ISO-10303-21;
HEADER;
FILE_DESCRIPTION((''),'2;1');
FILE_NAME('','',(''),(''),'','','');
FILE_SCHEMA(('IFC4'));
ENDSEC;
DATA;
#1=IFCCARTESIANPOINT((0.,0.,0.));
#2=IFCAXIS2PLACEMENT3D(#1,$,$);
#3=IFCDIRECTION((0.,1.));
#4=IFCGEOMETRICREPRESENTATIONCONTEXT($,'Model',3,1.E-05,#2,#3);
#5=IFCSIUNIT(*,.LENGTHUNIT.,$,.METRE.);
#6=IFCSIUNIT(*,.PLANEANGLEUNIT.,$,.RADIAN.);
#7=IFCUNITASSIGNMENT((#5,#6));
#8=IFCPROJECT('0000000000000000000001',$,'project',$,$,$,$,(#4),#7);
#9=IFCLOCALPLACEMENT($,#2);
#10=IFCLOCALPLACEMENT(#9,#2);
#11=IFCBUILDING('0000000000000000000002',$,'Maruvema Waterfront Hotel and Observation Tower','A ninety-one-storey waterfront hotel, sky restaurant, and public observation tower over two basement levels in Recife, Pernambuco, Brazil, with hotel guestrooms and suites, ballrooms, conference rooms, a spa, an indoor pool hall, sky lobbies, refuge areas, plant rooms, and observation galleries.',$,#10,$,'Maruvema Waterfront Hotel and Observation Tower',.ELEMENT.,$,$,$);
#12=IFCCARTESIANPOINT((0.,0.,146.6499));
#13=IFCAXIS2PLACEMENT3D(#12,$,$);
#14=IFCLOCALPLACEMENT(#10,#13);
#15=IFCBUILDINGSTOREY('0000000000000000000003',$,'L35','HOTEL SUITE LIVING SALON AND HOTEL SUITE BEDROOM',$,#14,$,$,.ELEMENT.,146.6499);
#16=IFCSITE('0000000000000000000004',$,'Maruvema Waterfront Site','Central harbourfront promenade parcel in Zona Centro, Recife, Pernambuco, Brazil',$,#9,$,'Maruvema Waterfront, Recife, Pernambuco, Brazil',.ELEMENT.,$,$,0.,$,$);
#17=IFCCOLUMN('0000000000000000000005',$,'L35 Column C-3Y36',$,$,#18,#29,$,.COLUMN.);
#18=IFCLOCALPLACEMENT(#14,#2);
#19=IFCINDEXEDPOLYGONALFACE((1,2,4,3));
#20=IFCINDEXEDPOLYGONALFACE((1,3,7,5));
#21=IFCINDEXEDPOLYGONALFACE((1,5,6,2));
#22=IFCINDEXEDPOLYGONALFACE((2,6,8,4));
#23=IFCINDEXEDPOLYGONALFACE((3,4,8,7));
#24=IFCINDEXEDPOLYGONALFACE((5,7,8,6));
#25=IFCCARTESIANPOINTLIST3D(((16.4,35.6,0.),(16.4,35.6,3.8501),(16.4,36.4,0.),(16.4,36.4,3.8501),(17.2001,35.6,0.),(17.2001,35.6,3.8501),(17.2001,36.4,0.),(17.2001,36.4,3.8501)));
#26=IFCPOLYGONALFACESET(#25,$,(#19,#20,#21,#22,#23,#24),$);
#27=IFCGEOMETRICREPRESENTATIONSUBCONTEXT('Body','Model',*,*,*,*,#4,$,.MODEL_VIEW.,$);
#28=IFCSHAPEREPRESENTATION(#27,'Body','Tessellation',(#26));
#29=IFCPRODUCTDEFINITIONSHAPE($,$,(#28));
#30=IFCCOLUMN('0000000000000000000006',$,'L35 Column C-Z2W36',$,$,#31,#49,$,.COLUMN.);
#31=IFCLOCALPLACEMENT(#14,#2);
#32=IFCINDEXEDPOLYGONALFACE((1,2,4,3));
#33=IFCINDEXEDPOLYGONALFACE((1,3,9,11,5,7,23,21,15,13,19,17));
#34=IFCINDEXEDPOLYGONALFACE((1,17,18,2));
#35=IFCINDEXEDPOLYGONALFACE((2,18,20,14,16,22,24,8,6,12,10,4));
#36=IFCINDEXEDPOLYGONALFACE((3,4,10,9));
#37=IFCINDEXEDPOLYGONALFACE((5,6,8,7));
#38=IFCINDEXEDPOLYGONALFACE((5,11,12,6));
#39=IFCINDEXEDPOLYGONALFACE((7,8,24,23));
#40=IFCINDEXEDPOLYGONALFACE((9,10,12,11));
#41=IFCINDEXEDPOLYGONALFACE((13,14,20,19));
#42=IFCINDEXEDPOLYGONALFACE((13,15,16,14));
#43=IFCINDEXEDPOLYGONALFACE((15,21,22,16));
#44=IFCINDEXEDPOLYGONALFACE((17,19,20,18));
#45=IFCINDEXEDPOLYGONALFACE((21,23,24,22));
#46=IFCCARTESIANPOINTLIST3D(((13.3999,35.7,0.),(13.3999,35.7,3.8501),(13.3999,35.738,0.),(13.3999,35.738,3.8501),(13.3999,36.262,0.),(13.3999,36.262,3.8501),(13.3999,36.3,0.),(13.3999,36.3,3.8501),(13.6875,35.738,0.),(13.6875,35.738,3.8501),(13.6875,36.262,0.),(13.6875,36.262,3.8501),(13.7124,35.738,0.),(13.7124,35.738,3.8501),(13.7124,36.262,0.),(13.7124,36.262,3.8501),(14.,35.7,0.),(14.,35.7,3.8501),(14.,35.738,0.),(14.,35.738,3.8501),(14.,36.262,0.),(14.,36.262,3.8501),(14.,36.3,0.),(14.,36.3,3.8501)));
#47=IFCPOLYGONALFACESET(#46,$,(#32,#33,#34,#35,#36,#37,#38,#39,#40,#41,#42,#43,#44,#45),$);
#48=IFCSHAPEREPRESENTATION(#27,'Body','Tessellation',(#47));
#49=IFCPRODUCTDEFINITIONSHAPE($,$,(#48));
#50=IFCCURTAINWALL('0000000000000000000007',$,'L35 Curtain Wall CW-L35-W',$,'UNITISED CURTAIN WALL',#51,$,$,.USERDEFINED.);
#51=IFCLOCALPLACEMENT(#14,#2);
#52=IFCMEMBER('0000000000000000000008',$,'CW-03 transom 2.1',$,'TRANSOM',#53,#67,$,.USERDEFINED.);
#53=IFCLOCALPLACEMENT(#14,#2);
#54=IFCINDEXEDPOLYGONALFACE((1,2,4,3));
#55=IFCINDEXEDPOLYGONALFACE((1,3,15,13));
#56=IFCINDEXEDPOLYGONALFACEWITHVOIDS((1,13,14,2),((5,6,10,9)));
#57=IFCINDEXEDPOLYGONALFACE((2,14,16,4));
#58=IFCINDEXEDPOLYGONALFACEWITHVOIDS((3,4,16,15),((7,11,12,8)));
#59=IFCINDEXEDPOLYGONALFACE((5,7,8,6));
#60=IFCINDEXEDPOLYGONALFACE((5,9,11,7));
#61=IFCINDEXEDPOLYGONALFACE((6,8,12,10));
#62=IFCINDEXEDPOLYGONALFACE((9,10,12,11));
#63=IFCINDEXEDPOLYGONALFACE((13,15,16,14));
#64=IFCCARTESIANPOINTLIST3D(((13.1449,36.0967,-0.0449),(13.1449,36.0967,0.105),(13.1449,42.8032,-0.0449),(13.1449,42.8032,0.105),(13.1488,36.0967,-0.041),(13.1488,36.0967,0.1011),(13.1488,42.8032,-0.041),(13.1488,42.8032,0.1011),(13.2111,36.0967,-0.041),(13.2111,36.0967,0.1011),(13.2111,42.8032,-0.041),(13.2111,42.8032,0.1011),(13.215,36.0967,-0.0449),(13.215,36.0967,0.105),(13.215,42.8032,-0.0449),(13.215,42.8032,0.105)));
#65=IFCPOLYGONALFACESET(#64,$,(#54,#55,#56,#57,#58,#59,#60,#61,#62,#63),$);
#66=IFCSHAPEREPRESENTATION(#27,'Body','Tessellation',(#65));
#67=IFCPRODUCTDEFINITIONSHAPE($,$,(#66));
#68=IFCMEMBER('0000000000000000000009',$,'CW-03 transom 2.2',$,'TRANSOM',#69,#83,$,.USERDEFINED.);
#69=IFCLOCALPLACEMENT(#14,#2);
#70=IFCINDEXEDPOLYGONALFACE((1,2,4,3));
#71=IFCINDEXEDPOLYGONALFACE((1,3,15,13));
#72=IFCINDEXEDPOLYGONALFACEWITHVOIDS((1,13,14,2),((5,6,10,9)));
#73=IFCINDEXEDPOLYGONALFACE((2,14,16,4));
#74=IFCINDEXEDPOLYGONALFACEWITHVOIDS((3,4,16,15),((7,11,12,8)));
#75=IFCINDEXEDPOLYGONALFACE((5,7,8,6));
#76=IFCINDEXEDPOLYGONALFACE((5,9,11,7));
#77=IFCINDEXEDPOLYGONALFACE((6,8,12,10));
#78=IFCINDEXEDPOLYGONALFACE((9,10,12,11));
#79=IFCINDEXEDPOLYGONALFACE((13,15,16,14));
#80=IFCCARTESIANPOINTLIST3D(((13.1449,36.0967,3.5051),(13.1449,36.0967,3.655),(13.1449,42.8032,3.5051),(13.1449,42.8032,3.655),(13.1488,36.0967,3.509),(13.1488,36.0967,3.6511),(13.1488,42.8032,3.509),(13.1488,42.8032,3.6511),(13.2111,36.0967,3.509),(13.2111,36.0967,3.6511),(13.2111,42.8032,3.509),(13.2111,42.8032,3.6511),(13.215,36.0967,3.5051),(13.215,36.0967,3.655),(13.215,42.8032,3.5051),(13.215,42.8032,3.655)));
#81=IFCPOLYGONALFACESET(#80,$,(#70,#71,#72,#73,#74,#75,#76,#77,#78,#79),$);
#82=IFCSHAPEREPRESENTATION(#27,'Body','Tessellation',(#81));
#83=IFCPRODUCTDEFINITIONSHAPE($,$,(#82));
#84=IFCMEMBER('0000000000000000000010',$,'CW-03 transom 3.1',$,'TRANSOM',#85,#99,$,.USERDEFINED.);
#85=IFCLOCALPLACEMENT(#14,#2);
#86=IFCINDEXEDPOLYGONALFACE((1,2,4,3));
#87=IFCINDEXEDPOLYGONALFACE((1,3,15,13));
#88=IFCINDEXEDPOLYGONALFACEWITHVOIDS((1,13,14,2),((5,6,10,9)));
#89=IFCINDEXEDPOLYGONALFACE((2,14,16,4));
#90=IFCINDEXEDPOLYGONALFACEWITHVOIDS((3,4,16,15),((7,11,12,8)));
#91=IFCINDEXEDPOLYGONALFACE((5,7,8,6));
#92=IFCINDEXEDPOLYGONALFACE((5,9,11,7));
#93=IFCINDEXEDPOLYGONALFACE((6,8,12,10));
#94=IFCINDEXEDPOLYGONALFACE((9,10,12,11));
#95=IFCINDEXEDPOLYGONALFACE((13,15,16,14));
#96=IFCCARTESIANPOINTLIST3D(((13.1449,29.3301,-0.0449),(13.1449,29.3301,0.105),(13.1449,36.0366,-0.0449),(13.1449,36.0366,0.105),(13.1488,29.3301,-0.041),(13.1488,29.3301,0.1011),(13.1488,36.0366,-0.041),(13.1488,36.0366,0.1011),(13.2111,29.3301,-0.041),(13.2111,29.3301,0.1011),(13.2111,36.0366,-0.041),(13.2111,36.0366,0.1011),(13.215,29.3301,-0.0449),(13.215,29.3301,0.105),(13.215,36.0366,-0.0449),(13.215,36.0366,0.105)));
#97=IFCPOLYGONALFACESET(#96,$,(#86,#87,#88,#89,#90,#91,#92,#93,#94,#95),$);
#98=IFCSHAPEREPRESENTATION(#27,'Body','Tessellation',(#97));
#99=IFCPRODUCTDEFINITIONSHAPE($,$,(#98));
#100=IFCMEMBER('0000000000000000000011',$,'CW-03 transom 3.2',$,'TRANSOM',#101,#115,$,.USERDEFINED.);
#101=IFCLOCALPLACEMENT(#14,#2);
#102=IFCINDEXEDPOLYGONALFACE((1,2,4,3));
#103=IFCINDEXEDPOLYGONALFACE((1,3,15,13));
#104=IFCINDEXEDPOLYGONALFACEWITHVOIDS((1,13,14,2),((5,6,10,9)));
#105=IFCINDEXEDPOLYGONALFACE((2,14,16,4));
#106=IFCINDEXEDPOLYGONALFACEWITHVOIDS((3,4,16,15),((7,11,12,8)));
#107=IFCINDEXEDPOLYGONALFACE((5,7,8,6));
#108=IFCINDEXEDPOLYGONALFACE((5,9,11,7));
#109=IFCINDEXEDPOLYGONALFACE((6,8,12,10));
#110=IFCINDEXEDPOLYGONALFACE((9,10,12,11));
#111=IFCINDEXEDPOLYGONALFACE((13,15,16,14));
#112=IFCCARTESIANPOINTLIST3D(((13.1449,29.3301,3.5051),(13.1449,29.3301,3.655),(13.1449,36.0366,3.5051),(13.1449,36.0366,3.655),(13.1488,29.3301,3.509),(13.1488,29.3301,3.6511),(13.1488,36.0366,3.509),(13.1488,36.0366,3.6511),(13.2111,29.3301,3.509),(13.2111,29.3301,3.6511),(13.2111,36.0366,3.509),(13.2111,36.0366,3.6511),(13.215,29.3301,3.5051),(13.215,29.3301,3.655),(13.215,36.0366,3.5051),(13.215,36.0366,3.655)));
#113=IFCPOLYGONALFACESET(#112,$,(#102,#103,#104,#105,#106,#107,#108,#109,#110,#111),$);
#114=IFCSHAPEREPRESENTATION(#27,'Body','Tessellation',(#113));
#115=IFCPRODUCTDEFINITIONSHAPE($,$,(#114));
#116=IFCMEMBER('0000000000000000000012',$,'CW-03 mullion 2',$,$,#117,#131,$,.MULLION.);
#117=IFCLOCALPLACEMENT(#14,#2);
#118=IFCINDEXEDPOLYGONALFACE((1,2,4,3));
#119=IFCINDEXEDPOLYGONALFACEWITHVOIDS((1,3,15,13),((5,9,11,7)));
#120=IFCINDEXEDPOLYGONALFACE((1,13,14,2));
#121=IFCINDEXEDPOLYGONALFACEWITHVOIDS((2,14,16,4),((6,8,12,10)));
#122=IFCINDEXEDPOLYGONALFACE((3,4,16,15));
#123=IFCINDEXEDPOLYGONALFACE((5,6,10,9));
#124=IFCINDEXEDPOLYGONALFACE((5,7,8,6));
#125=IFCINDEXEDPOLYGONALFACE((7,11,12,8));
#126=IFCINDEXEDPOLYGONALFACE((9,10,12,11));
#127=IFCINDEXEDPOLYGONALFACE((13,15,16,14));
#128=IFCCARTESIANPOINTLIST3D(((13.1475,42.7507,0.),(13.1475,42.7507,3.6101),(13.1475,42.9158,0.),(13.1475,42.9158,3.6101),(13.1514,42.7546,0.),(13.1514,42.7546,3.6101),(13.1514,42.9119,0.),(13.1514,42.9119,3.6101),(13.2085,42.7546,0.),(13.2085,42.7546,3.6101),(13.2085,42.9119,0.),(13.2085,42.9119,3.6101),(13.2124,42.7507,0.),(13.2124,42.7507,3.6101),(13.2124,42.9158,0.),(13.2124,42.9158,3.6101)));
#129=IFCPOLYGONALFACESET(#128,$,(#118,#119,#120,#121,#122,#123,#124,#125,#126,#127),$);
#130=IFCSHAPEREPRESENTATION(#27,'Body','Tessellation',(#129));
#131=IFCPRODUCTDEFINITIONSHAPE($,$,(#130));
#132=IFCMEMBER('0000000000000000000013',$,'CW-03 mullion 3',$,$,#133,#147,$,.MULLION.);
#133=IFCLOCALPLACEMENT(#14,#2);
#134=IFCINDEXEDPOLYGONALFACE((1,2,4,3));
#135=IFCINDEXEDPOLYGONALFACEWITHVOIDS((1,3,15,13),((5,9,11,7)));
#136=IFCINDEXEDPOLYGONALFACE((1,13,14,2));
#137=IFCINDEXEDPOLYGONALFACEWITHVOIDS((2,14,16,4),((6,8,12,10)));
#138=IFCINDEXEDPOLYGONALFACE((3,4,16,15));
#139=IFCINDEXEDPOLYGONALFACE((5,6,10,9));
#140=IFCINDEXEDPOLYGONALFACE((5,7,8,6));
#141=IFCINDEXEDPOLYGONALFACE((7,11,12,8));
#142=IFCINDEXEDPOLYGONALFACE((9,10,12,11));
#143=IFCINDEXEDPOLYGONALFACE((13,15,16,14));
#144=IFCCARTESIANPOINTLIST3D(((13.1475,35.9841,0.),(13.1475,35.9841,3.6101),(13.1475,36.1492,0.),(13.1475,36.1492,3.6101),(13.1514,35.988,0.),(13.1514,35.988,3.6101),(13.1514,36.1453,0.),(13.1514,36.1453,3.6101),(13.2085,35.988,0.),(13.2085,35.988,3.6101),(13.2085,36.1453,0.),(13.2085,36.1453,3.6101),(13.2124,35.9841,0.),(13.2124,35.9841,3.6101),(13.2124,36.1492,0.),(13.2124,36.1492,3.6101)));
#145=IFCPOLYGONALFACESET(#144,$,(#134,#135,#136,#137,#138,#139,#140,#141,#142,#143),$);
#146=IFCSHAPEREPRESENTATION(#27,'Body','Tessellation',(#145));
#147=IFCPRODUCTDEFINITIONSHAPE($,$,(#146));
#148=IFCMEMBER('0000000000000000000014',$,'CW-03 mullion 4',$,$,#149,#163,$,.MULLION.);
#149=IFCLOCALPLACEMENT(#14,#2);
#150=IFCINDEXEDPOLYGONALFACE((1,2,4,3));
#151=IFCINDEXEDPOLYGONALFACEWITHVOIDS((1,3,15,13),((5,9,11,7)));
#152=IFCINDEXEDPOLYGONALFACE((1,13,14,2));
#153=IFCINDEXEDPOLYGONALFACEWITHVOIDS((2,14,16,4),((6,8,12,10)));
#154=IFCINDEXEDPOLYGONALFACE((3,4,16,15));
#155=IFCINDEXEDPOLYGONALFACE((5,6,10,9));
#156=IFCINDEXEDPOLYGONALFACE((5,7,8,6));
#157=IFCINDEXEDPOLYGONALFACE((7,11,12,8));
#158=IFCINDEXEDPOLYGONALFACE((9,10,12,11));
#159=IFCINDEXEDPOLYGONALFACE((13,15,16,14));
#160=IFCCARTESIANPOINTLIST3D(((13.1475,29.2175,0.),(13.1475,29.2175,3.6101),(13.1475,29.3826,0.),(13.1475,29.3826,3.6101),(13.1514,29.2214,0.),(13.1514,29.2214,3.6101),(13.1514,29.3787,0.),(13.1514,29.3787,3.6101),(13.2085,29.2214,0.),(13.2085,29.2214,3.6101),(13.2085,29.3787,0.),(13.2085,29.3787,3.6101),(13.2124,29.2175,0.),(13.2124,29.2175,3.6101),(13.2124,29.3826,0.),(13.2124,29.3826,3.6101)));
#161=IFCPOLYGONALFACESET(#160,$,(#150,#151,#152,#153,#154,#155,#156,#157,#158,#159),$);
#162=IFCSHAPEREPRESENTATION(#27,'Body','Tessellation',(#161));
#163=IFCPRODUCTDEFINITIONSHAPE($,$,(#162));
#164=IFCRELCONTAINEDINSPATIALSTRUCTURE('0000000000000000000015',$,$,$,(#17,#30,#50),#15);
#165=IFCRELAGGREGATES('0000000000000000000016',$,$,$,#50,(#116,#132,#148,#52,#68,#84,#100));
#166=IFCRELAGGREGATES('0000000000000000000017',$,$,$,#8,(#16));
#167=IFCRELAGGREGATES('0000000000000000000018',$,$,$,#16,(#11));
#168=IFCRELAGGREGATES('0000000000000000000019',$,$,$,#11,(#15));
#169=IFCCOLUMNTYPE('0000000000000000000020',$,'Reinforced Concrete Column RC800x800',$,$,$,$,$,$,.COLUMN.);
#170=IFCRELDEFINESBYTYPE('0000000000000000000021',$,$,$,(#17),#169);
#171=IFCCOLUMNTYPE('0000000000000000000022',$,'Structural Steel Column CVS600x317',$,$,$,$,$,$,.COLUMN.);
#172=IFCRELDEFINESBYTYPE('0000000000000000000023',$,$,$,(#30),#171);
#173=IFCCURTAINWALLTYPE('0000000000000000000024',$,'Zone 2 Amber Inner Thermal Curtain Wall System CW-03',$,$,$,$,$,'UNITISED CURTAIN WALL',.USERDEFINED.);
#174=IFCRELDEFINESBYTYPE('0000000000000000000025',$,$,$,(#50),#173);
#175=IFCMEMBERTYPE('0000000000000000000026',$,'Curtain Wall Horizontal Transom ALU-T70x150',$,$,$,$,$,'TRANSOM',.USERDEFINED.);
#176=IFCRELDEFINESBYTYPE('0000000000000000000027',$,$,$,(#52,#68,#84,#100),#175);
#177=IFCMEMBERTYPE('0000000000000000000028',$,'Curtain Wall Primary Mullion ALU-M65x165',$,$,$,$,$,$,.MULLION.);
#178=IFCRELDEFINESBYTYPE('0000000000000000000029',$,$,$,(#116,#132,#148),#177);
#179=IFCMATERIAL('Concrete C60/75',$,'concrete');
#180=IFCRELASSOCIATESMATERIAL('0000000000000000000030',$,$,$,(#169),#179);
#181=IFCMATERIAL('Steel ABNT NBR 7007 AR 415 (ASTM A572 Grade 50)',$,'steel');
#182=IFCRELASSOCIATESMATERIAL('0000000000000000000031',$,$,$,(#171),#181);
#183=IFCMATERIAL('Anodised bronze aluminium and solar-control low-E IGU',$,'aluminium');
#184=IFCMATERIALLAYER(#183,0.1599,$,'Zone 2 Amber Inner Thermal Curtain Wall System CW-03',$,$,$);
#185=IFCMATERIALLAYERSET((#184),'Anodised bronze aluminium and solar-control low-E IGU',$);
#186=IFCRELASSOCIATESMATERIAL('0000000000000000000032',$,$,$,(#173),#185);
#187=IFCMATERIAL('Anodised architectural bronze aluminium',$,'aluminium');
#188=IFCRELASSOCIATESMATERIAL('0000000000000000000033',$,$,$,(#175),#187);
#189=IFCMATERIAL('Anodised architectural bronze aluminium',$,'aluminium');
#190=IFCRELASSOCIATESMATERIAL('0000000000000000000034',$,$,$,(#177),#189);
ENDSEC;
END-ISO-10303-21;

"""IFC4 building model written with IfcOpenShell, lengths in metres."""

from ifc_helpers import new_model, si_unit, direction, frame, origin, origin_2d, place, context, subcontext, project, spatial, rectangle, hollow_rectangle, i_section, extrude, material, layer, layer_set, material_profile, profile_set, type_object, element, aggregate, save


model = new_model("IFC4")

# Units and contexts
model_context = context("Model", 3, precision=1e-05, world=origin(), true_north=direction((0.0, 1.0)))
body_context = subcontext(model_context, "Body", "Model", "MODEL_VIEW")
ifc_project = project(units=[si_unit("LENGTHUNIT", "METRE"), si_unit("PLANEANGLEUNIT", "RADIAN")], contexts=[model_context])

# Site, building, storey
site_placement = place(None, origin())
site = spatial("IfcSite", under=ifc_project, at=site_placement, Name="Maruvema Waterfront Site", Description="Central harbourfront promenade parcel in Zona Centro, Recife, Pernambuco, Brazil", LongName="Maruvema Waterfront, Recife, Pernambuco, Brazil", CompositionType="ELEMENT", RefElevation=0.0)
building_placement = place(site_placement, origin())
building = spatial("IfcBuilding", under=site, at=building_placement, Name="Maruvema Waterfront Hotel and Observation Tower", Description="A ninety-one-storey waterfront hotel, sky restaurant, and public observation tower over two basement levels in Recife, Pernambuco, Brazil, with hotel guestrooms and suites, ballrooms, conference rooms, a spa, an indoor pool hall, sky lobbies, refuge areas, plant rooms, and observation galleries.", LongName="Maruvema Waterfront Hotel and Observation Tower", CompositionType="ELEMENT")
storey_placement = place(building_placement, frame((0.0, 0.0, 146.6499)))
storey = spatial("IfcBuildingStorey", under=building, at=storey_placement, Name="L35", Description="HOTEL SUITE LIVING SALON AND HOTEL SUITE BEDROOM", CompositionType="ELEMENT", Elevation=146.6499)

# Columns
ifc_material_1 = material(Name="Concrete C60/75", Category="concrete")
ifc_material_profile_1 = material_profile(ifc_material_1, rectangle(XDim=0.8, YDim=0.8, at=origin_2d()), Name="RC800x800")
ifc_profile_set_1 = profile_set([ifc_material_profile_1], Name="Concrete C60/75")
column_type_1 = type_object("IfcColumnType", Name="Reinforced Concrete Column RC800x800", PredefinedType="COLUMN", material=ifc_profile_set_1)
column_1_placement = place(storey_placement, frame((16.8, 36.0, 0.0), z_axis=(0.0, 0.0, 1.0), x_axis=(1.0, 0.0, 0.0)))
element("IfcColumn", 1, at=column_1_placement, inside=storey, type_object=column_type_1, Name="L35 Column C-3Y36", PredefinedType="COLUMN", context=body_context, shape_type="SweptSolid", body=[
    extrude(rectangle(XDim=0.8, YDim=0.8, at=origin_2d()), origin(), (0.0, 0.0, 1.0), 3.8501),
])
ifc_material_2 = material(Name="Steel ABNT NBR 7007 AR 415 (ASTM A572 Grade 50)", Category="steel")
ifc_material_profile_2 = material_profile(ifc_material_2, i_section(OverallWidth=0.6001, OverallDepth=0.6001, WebThickness=0.0249, FlangeThickness=0.0381, at=origin_2d()), Name="CVS600x317")
ifc_profile_set_2 = profile_set([ifc_material_profile_2], Name="Steel ABNT NBR 7007 AR 415 (ASTM A572 Grade 50)")
column_type_2 = type_object("IfcColumnType", Name="Structural Steel Column CVS600x317", PredefinedType="COLUMN", material=ifc_profile_set_2)
column_2_placement = place(storey_placement, frame((13.7, 36.0, 0.0), z_axis=(0.0, 0.0, 1.0), x_axis=(1.0, 0.0, 0.0)))
element("IfcColumn", 2, at=column_2_placement, inside=storey, type_object=column_type_2, Name="L35 Column C-Z2W36", PredefinedType="COLUMN", context=body_context, shape_type="SweptSolid", body=[
    extrude(i_section(OverallWidth=0.6001, OverallDepth=0.6001, WebThickness=0.0249, FlangeThickness=0.0381, at=origin_2d()), origin(), (0.0, 0.0, 1.0), 3.8501),
])

# Curtain wall, members
ifc_material_3 = material(Name="Anodised bronze aluminium and solar-control low-E IGU", Category="aluminium")
ifc_layer_1 = layer(ifc_material_3, 0.1599, Name="Zone 2 Amber Inner Thermal Curtain Wall System CW-03")
ifc_layer_set_1 = layer_set([ifc_layer_1], Name="Anodised bronze aluminium and solar-control low-E IGU")
curtain_wall_type = type_object("IfcCurtainWallType", Name="Zone 2 Amber Inner Thermal Curtain Wall System CW-03", ElementType="UNITISED CURTAIN WALL", PredefinedType="USERDEFINED", material=ifc_layer_set_1)
curtain_wall_placement = place(storey_placement, origin())
curtain_wall = element("IfcCurtainWall", 3, at=curtain_wall_placement, inside=storey, type_object=curtain_wall_type, Name="L35 Curtain Wall CW-L35-W", ObjectType="UNITISED CURTAIN WALL", PredefinedType="USERDEFINED")
ifc_material_4 = material(Name="Anodised architectural bronze aluminium", Category="aluminium")
ifc_material_profile_3 = material_profile(ifc_material_4, hollow_rectangle(XDim=0.0701, YDim=0.1499, WallThickness=0.0039, at=origin_2d()), Name="ALU-T70x150")
ifc_profile_set_3 = profile_set([ifc_material_profile_3], Name="Anodised architectural bronze aluminium")
member_type_1 = type_object("IfcMemberType", Name="Curtain Wall Horizontal Transom ALU-T70x150", ElementType="TRANSOM", PredefinedType="USERDEFINED", material=ifc_profile_set_3)
member_1_placement = place(storey_placement, frame((13.1799, 42.8032, 0.03), z_axis=(0.0, -1.0, 0.0), x_axis=(1.0, 0.0, 0.0)))
member_1 = element("IfcMember", 4, at=member_1_placement, type_object=member_type_1, Name="CW-03 transom 2.1", ObjectType="TRANSOM", PredefinedType="USERDEFINED", context=body_context, shape_type="SweptSolid", body=[
    extrude(hollow_rectangle(XDim=0.0701, YDim=0.1499, WallThickness=0.0039, at=origin_2d()), origin(), (0.0, 0.0, 1.0), 6.7065),
])
member_2_placement = place(storey_placement, frame((13.1799, 42.8032, 3.5801), z_axis=(0.0, -1.0, 0.0), x_axis=(1.0, 0.0, 0.0)))
member_2 = element("IfcMember", 5, at=member_2_placement, type_object=member_type_1, Name="CW-03 transom 2.2", ObjectType="TRANSOM", PredefinedType="USERDEFINED", context=body_context, shape_type="SweptSolid", body=[
    extrude(hollow_rectangle(XDim=0.0701, YDim=0.1499, WallThickness=0.0039, at=origin_2d()), origin(), (0.0, 0.0, 1.0), 6.7065),
])
member_3_placement = place(storey_placement, frame((13.1799, 36.0366, 0.03), z_axis=(0.0, -1.0, 0.0), x_axis=(1.0, 0.0, 0.0)))
member_3 = element("IfcMember", 6, at=member_3_placement, type_object=member_type_1, Name="CW-03 transom 3.1", ObjectType="TRANSOM", PredefinedType="USERDEFINED", context=body_context, shape_type="SweptSolid", body=[
    extrude(hollow_rectangle(XDim=0.0701, YDim=0.1499, WallThickness=0.0039, at=origin_2d()), origin(), (0.0, 0.0, 1.0), 6.7065),
])
member_4_placement = place(storey_placement, frame((13.1799, 36.0366, 3.5801), z_axis=(0.0, -1.0, 0.0), x_axis=(1.0, 0.0, 0.0)))
member_4 = element("IfcMember", 7, at=member_4_placement, type_object=member_type_1, Name="CW-03 transom 3.2", ObjectType="TRANSOM", PredefinedType="USERDEFINED", context=body_context, shape_type="SweptSolid", body=[
    extrude(hollow_rectangle(XDim=0.0701, YDim=0.1499, WallThickness=0.0039, at=origin_2d()), origin(), (0.0, 0.0, 1.0), 6.7065),
])
ifc_material_5 = material(Name="Anodised architectural bronze aluminium", Category="aluminium")
ifc_material_profile_4 = material_profile(ifc_material_5, hollow_rectangle(XDim=0.0649, YDim=0.165, WallThickness=0.0039, at=origin_2d()), Name="ALU-M65x165")
ifc_profile_set_4 = profile_set([ifc_material_profile_4], Name="Anodised architectural bronze aluminium")
member_type_2 = type_object("IfcMemberType", Name="Curtain Wall Primary Mullion ALU-M65x165", PredefinedType="MULLION", material=ifc_profile_set_4)
member_5_placement = place(storey_placement, frame((13.1799, 42.8333, 0.0), z_axis=(0.0, 0.0, 1.0), x_axis=(1.0, 0.0, 0.0)))
member_5 = element("IfcMember", 8, at=member_5_placement, type_object=member_type_2, Name="CW-03 mullion 2", PredefinedType="MULLION", context=body_context, shape_type="SweptSolid", body=[
    extrude(hollow_rectangle(XDim=0.0649, YDim=0.165, WallThickness=0.0039, at=origin_2d()), origin(), (0.0, 0.0, 1.0), 3.6101),
])
member_6_placement = place(storey_placement, frame((13.1799, 36.0667, 0.0), z_axis=(0.0, 0.0, 1.0), x_axis=(1.0, 0.0, 0.0)))
member_6 = element("IfcMember", 9, at=member_6_placement, type_object=member_type_2, Name="CW-03 mullion 3", PredefinedType="MULLION", context=body_context, shape_type="SweptSolid", body=[
    extrude(hollow_rectangle(XDim=0.0649, YDim=0.165, WallThickness=0.0039, at=origin_2d()), origin(), (0.0, 0.0, 1.0), 3.6101),
])
member_7_placement = place(storey_placement, frame((13.1799, 29.3, 0.0), z_axis=(0.0, 0.0, 1.0), x_axis=(1.0, 0.0, 0.0)))
member_7 = element("IfcMember", 10, at=member_7_placement, type_object=member_type_2, Name="CW-03 mullion 4", PredefinedType="MULLION", context=body_context, shape_type="SweptSolid", body=[
    extrude(hollow_rectangle(XDim=0.0649, YDim=0.165, WallThickness=0.0039, at=origin_2d()), origin(), (0.0, 0.0, 1.0), 3.6101),
])

aggregate(curtain_wall, [member_5, member_6, member_7, member_1, member_2, member_3, member_4])

save(model, "model.ifc")
